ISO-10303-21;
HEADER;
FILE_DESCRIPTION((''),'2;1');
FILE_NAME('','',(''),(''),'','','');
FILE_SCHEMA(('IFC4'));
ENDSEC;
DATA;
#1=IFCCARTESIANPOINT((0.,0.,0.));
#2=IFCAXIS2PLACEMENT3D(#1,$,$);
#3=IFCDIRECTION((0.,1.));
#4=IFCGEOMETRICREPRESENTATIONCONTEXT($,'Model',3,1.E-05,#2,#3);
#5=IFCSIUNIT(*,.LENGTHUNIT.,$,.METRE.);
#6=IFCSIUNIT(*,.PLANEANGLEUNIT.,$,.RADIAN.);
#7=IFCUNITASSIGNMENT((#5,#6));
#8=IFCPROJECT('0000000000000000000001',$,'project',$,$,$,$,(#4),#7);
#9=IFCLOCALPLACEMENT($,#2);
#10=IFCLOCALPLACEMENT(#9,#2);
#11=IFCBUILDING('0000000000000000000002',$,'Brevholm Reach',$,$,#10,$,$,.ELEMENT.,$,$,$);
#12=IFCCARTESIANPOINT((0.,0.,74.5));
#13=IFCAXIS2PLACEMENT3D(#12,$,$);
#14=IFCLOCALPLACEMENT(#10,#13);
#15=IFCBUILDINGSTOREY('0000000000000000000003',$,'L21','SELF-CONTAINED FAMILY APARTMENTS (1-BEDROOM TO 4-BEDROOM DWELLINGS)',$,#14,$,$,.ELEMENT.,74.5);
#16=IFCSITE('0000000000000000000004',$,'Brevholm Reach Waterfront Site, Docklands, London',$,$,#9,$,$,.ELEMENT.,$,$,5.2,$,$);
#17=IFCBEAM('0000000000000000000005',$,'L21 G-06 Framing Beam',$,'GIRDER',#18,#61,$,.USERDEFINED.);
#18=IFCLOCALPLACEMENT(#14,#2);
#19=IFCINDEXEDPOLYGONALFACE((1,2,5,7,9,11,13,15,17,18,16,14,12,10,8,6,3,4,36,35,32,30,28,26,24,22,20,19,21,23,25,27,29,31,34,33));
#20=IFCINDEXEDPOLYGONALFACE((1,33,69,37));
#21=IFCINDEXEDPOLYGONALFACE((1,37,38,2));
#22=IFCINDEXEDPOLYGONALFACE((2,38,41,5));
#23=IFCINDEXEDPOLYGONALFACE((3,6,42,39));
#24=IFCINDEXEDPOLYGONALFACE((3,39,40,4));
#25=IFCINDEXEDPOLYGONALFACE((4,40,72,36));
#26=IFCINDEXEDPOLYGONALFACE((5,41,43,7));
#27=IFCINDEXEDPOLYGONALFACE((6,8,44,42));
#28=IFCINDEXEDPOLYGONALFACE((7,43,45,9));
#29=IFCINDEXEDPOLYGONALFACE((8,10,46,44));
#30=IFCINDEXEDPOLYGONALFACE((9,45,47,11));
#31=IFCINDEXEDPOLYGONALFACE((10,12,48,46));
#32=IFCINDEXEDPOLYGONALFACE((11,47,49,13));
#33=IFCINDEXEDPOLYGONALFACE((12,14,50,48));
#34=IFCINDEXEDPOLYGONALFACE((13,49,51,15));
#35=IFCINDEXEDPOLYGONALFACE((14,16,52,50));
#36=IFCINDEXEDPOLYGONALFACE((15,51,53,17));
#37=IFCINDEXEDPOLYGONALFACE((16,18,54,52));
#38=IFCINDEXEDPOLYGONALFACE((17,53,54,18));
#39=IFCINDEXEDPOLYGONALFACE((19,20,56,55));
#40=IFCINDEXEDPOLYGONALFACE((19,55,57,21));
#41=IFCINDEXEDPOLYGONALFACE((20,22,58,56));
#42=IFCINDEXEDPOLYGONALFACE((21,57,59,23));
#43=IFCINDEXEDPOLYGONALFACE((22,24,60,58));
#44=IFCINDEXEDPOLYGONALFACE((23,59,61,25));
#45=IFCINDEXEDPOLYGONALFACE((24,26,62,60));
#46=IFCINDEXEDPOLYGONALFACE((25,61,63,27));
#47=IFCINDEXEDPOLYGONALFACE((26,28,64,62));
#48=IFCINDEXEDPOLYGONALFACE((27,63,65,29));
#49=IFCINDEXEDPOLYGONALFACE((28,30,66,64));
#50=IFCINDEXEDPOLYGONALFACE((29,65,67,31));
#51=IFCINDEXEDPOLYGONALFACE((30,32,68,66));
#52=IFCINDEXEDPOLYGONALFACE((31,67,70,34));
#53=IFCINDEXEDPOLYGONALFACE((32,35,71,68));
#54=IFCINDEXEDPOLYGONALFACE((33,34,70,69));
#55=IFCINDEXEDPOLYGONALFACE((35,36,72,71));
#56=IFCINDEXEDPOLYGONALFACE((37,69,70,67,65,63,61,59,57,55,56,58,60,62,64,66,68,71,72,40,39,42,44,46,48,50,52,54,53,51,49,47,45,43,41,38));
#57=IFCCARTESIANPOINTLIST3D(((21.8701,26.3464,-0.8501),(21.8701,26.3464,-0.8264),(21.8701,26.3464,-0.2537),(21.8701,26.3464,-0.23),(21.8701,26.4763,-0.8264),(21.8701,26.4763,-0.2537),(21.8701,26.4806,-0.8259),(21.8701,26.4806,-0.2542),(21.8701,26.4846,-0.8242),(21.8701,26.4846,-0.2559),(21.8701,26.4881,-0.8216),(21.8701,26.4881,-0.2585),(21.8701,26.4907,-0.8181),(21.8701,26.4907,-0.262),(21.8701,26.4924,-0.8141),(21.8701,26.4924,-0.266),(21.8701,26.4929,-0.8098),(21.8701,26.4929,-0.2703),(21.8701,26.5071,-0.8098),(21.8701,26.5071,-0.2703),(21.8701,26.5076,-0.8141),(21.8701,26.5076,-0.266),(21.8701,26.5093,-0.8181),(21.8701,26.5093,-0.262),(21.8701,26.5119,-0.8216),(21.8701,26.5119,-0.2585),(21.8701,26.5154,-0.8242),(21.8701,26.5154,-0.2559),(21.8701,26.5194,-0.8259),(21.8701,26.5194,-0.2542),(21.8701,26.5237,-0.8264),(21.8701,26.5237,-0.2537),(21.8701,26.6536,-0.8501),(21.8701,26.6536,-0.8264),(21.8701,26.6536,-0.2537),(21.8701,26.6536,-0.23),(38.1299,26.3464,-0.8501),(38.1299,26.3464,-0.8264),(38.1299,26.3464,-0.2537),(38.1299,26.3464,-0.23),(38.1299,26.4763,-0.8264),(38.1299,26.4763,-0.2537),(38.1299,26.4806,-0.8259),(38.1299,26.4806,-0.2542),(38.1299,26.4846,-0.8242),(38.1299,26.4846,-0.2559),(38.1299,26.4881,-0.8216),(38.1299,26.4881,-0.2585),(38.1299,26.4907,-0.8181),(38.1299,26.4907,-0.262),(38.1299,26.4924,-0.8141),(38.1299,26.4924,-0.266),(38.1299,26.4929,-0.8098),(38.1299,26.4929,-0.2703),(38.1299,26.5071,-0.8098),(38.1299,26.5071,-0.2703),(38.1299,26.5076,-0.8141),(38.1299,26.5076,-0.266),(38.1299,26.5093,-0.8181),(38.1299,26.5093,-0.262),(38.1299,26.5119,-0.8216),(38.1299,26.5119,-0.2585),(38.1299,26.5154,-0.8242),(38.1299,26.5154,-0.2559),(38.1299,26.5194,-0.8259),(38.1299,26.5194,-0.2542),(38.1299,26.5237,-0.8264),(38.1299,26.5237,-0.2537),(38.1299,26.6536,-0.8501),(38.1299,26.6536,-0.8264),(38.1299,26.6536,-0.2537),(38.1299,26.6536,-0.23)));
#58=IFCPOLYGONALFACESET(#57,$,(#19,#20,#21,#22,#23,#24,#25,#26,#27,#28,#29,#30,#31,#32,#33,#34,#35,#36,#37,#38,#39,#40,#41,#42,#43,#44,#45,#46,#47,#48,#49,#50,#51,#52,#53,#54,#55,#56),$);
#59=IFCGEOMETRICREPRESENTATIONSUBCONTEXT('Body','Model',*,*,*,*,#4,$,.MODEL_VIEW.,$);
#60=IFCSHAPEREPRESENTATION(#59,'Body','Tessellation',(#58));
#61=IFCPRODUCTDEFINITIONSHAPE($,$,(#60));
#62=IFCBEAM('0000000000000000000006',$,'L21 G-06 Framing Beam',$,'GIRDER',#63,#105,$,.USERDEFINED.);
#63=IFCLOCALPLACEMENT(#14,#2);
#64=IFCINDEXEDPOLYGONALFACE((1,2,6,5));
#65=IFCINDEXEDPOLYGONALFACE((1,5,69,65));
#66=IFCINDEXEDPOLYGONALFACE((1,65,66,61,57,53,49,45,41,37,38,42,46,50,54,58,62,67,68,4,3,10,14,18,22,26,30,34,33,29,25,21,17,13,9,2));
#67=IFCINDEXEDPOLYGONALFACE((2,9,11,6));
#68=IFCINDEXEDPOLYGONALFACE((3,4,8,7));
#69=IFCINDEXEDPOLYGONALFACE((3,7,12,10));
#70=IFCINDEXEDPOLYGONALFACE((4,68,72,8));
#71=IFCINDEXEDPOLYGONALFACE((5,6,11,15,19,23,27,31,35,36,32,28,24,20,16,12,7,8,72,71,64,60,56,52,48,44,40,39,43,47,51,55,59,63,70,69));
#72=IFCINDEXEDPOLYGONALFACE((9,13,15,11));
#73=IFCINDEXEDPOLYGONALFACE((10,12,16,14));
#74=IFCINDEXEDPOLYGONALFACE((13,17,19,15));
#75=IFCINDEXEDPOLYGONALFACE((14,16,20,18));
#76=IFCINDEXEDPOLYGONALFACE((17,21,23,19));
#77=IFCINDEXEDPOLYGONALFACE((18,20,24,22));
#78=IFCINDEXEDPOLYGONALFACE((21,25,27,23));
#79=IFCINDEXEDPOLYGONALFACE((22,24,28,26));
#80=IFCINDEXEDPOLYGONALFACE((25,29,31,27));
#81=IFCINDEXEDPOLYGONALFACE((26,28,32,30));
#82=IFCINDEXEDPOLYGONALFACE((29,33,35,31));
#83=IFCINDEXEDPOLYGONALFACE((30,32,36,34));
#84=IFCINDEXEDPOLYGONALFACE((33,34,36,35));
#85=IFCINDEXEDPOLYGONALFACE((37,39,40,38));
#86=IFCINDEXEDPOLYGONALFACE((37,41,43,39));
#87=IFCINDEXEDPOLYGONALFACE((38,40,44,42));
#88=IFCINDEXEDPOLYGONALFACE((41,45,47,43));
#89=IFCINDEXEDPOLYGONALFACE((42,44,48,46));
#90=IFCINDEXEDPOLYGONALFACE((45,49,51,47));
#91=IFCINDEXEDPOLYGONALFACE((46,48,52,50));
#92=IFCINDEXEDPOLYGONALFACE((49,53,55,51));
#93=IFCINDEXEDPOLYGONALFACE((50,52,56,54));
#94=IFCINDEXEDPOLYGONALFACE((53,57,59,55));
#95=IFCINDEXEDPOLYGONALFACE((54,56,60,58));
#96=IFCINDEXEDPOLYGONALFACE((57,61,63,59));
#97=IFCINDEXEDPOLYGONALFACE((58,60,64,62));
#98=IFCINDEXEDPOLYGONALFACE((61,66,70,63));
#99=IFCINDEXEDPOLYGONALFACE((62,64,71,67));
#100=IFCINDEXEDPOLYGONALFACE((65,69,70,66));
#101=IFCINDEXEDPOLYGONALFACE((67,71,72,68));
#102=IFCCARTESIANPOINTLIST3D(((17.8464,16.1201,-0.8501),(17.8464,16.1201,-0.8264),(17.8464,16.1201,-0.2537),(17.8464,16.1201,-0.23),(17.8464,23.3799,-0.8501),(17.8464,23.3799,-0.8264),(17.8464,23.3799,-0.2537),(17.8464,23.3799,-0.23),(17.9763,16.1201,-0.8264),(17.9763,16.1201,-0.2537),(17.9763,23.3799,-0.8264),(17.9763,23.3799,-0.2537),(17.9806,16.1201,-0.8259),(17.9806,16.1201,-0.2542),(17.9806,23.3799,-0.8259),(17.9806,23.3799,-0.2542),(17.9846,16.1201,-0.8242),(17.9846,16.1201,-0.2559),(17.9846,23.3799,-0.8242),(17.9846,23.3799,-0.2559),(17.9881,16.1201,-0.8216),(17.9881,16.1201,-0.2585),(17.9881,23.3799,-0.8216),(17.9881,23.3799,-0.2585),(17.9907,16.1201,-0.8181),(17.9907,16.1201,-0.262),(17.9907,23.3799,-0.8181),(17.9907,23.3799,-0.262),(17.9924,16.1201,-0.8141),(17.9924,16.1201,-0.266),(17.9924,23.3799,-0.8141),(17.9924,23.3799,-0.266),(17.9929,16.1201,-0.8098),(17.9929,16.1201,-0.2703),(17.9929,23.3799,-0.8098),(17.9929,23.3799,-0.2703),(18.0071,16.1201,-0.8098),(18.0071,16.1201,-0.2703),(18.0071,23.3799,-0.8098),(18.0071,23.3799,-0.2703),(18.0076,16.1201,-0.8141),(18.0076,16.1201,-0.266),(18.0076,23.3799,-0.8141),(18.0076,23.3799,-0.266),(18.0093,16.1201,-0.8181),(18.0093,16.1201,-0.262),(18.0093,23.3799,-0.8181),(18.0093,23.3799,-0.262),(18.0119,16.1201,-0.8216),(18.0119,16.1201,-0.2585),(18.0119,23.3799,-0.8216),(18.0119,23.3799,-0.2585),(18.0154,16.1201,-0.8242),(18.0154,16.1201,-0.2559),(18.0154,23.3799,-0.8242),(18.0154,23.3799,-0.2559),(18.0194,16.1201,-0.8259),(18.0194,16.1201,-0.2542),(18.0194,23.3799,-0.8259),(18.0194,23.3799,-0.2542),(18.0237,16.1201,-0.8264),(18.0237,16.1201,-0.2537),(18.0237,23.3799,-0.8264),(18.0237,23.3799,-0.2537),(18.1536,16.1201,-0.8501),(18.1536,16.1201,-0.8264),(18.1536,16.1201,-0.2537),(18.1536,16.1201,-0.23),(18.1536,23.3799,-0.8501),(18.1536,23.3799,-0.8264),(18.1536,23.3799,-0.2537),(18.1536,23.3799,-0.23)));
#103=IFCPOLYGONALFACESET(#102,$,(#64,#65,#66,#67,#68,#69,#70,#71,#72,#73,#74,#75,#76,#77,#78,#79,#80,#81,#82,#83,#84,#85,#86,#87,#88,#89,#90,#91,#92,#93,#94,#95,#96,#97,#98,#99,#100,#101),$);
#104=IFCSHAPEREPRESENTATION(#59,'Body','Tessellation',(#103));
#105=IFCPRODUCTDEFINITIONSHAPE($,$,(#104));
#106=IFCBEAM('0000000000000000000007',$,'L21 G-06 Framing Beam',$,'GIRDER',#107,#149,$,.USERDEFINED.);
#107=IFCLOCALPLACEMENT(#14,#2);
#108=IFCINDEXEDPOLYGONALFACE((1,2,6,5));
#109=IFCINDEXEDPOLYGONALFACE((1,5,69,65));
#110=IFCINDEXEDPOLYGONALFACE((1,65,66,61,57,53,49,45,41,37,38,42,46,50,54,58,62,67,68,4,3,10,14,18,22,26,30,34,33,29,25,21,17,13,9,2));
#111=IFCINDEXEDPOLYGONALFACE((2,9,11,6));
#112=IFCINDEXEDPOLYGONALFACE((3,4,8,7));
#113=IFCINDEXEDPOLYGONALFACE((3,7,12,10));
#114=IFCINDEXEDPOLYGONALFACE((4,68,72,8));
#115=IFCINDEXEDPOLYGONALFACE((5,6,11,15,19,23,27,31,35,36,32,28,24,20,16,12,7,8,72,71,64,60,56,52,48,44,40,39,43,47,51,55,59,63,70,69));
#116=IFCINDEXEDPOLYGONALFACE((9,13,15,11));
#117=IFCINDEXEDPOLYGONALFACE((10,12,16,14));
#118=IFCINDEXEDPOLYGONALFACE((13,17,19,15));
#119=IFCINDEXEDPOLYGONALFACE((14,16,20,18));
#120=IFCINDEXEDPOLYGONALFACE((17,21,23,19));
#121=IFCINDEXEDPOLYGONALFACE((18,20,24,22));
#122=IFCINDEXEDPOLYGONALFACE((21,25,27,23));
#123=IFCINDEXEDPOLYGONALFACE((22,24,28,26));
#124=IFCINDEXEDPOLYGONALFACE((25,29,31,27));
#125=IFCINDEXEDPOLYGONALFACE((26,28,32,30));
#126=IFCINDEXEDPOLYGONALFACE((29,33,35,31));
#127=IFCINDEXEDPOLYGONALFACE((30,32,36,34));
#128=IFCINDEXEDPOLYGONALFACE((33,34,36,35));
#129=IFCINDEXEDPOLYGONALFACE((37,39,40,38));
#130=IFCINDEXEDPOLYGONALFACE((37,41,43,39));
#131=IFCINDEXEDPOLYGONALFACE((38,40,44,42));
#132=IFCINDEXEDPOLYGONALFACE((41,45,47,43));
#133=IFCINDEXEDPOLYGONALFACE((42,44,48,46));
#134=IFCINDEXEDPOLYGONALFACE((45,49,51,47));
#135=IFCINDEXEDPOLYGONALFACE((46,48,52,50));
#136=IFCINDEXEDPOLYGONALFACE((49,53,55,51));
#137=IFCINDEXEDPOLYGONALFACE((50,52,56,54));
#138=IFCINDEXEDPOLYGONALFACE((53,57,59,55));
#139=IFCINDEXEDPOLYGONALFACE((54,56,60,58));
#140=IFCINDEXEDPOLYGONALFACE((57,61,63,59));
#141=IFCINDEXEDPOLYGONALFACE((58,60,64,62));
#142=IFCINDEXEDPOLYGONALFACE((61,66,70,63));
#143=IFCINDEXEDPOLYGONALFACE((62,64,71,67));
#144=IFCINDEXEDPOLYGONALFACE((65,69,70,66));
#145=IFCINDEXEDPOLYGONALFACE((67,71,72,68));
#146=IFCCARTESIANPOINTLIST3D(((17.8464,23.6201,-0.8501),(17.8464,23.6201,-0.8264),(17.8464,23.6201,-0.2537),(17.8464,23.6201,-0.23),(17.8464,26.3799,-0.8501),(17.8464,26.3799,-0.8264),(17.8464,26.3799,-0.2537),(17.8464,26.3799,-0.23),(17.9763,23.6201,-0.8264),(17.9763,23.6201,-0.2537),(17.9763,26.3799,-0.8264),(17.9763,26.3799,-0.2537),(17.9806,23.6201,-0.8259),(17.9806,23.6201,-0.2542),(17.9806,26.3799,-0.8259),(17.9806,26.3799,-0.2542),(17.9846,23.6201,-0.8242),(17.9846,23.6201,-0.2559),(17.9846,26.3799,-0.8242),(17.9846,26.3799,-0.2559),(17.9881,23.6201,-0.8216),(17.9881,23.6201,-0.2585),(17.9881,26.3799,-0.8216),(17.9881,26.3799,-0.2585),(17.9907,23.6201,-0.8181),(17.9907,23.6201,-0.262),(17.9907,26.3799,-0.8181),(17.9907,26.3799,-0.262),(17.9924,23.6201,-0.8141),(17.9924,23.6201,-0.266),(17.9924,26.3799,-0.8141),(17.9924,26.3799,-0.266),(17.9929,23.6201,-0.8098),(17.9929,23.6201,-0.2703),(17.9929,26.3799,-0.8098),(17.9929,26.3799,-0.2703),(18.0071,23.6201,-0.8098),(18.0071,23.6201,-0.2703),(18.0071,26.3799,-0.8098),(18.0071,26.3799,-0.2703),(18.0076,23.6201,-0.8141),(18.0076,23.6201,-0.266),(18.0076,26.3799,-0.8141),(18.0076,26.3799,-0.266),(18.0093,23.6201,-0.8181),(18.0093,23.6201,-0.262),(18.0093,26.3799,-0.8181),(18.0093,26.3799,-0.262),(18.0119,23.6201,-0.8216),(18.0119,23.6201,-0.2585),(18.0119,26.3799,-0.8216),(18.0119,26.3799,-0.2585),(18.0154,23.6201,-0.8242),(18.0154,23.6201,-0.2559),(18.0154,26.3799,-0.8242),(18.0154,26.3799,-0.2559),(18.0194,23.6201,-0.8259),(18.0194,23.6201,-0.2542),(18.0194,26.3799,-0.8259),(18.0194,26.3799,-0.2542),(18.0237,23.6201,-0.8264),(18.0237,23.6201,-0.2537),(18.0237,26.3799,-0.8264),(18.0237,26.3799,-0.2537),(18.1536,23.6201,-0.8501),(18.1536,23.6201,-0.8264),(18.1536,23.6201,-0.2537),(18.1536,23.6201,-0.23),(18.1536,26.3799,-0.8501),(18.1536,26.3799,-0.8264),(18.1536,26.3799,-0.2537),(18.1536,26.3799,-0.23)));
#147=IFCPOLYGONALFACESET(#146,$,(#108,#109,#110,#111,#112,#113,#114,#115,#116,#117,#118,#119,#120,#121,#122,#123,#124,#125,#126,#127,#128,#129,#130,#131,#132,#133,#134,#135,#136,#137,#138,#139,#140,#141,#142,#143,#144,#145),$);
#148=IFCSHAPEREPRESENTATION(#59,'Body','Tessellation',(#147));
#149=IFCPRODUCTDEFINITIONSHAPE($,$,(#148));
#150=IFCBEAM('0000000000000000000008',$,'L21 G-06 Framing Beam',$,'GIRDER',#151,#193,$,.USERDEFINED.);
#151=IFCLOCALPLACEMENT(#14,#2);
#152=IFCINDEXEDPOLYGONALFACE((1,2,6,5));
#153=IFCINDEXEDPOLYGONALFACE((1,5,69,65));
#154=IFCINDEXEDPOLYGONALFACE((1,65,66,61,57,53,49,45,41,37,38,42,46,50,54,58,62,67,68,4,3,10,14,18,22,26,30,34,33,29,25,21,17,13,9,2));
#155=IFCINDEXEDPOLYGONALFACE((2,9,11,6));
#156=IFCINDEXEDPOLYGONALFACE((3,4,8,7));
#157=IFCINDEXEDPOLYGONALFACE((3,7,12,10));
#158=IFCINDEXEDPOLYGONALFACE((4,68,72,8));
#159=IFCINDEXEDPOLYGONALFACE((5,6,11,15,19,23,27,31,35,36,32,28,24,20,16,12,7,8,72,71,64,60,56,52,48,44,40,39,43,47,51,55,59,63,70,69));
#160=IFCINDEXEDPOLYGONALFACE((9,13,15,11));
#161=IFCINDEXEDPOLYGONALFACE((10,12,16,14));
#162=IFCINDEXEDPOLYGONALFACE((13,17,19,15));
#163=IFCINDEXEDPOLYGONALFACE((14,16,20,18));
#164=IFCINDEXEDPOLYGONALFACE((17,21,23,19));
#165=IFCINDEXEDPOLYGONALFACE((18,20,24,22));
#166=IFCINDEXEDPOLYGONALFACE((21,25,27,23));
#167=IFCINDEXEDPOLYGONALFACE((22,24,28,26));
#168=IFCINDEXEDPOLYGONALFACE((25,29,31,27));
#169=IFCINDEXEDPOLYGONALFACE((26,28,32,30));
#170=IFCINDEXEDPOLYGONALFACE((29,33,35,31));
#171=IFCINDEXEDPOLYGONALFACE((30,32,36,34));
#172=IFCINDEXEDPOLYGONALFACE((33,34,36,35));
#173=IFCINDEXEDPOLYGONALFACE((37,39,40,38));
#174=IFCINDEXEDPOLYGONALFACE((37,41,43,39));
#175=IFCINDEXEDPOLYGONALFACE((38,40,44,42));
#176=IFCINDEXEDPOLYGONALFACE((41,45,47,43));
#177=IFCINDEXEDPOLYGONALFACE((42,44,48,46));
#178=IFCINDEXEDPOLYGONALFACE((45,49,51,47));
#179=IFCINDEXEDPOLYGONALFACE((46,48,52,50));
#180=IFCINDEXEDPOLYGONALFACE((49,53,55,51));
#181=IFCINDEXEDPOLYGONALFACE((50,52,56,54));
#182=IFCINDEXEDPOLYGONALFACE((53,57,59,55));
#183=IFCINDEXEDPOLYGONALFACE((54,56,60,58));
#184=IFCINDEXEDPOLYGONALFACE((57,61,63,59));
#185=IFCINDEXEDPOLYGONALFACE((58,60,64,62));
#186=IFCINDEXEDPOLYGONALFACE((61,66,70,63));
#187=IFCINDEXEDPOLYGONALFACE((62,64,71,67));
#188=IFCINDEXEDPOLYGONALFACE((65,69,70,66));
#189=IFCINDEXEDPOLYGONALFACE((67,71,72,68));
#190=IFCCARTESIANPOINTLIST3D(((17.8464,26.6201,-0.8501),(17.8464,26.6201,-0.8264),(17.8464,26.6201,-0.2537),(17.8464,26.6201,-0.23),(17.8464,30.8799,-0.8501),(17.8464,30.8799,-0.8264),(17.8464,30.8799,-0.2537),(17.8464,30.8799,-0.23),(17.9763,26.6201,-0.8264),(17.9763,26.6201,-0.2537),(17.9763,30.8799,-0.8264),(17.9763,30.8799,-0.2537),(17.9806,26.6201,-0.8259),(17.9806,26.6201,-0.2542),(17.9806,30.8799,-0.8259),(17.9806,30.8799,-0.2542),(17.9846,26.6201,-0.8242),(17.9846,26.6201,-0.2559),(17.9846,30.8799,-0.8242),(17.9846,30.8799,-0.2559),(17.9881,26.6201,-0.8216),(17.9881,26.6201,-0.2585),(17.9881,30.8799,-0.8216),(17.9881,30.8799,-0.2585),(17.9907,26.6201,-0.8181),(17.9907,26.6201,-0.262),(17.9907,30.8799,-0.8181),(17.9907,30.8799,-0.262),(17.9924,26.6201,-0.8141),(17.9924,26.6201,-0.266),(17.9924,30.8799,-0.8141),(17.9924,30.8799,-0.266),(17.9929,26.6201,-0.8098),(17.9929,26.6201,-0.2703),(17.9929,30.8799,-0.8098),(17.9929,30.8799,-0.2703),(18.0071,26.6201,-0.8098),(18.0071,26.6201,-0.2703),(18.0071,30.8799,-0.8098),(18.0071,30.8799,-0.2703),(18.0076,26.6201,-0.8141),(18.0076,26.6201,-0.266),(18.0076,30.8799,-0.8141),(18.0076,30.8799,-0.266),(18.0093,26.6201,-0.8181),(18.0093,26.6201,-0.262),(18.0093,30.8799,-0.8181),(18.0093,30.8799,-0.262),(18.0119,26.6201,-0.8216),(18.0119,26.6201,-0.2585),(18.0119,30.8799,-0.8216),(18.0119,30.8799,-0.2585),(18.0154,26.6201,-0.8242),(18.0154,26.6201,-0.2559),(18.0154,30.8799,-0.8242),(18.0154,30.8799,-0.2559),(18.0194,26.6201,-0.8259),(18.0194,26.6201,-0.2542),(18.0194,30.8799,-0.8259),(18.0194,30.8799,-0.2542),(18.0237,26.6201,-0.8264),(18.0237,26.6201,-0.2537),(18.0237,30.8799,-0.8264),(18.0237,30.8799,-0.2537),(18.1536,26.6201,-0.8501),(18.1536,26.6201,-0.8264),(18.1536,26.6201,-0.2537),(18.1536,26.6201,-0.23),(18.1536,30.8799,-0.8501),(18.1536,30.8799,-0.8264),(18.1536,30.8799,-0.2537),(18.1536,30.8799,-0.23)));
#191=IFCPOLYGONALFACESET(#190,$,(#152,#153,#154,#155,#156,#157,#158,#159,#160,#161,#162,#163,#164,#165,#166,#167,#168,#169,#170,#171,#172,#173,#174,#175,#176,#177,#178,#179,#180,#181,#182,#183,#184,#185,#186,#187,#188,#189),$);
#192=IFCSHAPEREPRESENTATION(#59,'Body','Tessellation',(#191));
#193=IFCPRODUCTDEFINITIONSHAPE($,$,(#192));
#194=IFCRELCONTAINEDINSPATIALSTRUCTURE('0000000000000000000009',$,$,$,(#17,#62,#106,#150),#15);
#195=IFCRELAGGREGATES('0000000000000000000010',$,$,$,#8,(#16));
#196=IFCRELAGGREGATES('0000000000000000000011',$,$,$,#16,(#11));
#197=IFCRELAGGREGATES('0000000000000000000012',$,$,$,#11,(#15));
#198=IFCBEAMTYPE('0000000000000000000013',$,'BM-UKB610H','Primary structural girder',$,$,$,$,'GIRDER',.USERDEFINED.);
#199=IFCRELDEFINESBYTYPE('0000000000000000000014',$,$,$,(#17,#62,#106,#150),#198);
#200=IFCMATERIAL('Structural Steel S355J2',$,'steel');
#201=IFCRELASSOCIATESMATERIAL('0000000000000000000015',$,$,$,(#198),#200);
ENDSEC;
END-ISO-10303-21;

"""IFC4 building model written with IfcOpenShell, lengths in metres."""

from ifc_helpers import new_model, si_unit, direction, frame, origin, origin_2d, place, context, subcontext, project, spatial, i_section, extrude, material, material_profile, profile_set, type_object, element, save


model = new_model("IFC4")

# Units and contexts
model_context = context("Model", 3, precision=1e-05, world=origin(), true_north=direction((0.0, 1.0)))
body_context = subcontext(model_context, "Body", "Model", "MODEL_VIEW")
ifc_project = project(units=[si_unit("LENGTHUNIT", "METRE"), si_unit("PLANEANGLEUNIT", "RADIAN")], contexts=[model_context])

# Site, building, storey
site_placement = place(None, origin())
site = spatial("IfcSite", under=ifc_project, at=site_placement, Name="Brevholm Reach Waterfront Site, Docklands, London", CompositionType="ELEMENT", RefElevation=5.2)
building_placement = place(site_placement, origin())
building = spatial("IfcBuilding", under=site, at=building_placement, Name="Brevholm Reach", CompositionType="ELEMENT")
storey_placement = place(building_placement, frame((0.0, 0.0, 74.5)))
storey = spatial("IfcBuildingStorey", under=building, at=storey_placement, Name="L21", Description="SELF-CONTAINED FAMILY APARTMENTS (1-BEDROOM TO 4-BEDROOM DWELLINGS)", CompositionType="ELEMENT", Elevation=74.5)

# Beams
ifc_material_1 = material(Name="Structural Steel S355J2", Category="steel")
ifc_material_profile_1 = material_profile(ifc_material_1, i_section(OverallWidth=0.3071, OverallDepth=0.6201, WebThickness=0.0142, FlangeThickness=0.0237, FilletRadius=0.0166, at=origin_2d()), Name="UKB 610x305x179")
ifc_profile_set_1 = profile_set([ifc_material_profile_1], Name="Structural Steel S355J2")
beam_type_1 = type_object("IfcBeamType", Name="BM-UKB610H", Description="Primary structural girder", ElementType="GIRDER", PredefinedType="USERDEFINED", material=ifc_profile_set_1)
beam_1_placement = place(storey_placement, frame((21.8701, 26.5, -0.54), z_axis=(1.0, 0.0, 0.0), x_axis=(0.0, 1.0, 0.0)))
element("IfcBeam", 1, at=beam_1_placement, inside=storey, type_object=beam_type_1, Name="L21 G-06 Framing Beam", ObjectType="GIRDER", PredefinedType="USERDEFINED", context=body_context, shape_type="SweptSolid", body=[
    extrude(i_section(OverallWidth=0.3071, OverallDepth=0.6201, WebThickness=0.0142, FlangeThickness=0.0237, FilletRadius=0.0166, at=origin_2d()), origin(), (0.0, 0.0, 1.0), 16.2598),
])
beam_2_placement = place(storey_placement, frame((18.0, 16.1201, -0.54), z_axis=(0.0, 1.0, 0.0), x_axis=(-1.0, 0.0, 0.0)))
element("IfcBeam", 2, at=beam_2_placement, inside=storey, type_object=beam_type_1, Name="L21 G-06 Framing Beam", ObjectType="GIRDER", PredefinedType="USERDEFINED", context=body_context, shape_type="SweptSolid", body=[
    extrude(i_section(OverallWidth=0.3071, OverallDepth=0.6201, WebThickness=0.0142, FlangeThickness=0.0237, FilletRadius=0.0166, at=origin_2d()), origin(), (0.0, 0.0, 1.0), 7.2598),
])
beam_3_placement = place(storey_placement, frame((18.0, 23.6201, -0.54), z_axis=(0.0, 1.0, 0.0), x_axis=(-1.0, 0.0, 0.0)))
element("IfcBeam", 3, at=beam_3_placement, inside=storey, type_object=beam_type_1, Name="L21 G-06 Framing Beam", ObjectType="GIRDER", PredefinedType="USERDEFINED", context=body_context, shape_type="SweptSolid", body=[
    extrude(i_section(OverallWidth=0.3071, OverallDepth=0.6201, WebThickness=0.0142, FlangeThickness=0.0237, FilletRadius=0.0166, at=origin_2d()), origin(), (0.0, 0.0, 1.0), 2.7598),
])
beam_4_placement = place(storey_placement, frame((18.0, 26.6201, -0.54), z_axis=(0.0, 1.0, 0.0), x_axis=(-1.0, 0.0, 0.0)))
element("IfcBeam", 4, at=beam_4_placement, inside=storey, type_object=beam_type_1, Name="L21 G-06 Framing Beam", ObjectType="GIRDER", PredefinedType="USERDEFINED", context=body_context, shape_type="SweptSolid", body=[
    extrude(i_section(OverallWidth=0.3071, OverallDepth=0.6201, WebThickness=0.0142, FlangeThickness=0.0237, FilletRadius=0.0166, at=origin_2d()), origin(), (0.0, 0.0, 1.0), 4.2598),
])

save(model, "model.ifc")
